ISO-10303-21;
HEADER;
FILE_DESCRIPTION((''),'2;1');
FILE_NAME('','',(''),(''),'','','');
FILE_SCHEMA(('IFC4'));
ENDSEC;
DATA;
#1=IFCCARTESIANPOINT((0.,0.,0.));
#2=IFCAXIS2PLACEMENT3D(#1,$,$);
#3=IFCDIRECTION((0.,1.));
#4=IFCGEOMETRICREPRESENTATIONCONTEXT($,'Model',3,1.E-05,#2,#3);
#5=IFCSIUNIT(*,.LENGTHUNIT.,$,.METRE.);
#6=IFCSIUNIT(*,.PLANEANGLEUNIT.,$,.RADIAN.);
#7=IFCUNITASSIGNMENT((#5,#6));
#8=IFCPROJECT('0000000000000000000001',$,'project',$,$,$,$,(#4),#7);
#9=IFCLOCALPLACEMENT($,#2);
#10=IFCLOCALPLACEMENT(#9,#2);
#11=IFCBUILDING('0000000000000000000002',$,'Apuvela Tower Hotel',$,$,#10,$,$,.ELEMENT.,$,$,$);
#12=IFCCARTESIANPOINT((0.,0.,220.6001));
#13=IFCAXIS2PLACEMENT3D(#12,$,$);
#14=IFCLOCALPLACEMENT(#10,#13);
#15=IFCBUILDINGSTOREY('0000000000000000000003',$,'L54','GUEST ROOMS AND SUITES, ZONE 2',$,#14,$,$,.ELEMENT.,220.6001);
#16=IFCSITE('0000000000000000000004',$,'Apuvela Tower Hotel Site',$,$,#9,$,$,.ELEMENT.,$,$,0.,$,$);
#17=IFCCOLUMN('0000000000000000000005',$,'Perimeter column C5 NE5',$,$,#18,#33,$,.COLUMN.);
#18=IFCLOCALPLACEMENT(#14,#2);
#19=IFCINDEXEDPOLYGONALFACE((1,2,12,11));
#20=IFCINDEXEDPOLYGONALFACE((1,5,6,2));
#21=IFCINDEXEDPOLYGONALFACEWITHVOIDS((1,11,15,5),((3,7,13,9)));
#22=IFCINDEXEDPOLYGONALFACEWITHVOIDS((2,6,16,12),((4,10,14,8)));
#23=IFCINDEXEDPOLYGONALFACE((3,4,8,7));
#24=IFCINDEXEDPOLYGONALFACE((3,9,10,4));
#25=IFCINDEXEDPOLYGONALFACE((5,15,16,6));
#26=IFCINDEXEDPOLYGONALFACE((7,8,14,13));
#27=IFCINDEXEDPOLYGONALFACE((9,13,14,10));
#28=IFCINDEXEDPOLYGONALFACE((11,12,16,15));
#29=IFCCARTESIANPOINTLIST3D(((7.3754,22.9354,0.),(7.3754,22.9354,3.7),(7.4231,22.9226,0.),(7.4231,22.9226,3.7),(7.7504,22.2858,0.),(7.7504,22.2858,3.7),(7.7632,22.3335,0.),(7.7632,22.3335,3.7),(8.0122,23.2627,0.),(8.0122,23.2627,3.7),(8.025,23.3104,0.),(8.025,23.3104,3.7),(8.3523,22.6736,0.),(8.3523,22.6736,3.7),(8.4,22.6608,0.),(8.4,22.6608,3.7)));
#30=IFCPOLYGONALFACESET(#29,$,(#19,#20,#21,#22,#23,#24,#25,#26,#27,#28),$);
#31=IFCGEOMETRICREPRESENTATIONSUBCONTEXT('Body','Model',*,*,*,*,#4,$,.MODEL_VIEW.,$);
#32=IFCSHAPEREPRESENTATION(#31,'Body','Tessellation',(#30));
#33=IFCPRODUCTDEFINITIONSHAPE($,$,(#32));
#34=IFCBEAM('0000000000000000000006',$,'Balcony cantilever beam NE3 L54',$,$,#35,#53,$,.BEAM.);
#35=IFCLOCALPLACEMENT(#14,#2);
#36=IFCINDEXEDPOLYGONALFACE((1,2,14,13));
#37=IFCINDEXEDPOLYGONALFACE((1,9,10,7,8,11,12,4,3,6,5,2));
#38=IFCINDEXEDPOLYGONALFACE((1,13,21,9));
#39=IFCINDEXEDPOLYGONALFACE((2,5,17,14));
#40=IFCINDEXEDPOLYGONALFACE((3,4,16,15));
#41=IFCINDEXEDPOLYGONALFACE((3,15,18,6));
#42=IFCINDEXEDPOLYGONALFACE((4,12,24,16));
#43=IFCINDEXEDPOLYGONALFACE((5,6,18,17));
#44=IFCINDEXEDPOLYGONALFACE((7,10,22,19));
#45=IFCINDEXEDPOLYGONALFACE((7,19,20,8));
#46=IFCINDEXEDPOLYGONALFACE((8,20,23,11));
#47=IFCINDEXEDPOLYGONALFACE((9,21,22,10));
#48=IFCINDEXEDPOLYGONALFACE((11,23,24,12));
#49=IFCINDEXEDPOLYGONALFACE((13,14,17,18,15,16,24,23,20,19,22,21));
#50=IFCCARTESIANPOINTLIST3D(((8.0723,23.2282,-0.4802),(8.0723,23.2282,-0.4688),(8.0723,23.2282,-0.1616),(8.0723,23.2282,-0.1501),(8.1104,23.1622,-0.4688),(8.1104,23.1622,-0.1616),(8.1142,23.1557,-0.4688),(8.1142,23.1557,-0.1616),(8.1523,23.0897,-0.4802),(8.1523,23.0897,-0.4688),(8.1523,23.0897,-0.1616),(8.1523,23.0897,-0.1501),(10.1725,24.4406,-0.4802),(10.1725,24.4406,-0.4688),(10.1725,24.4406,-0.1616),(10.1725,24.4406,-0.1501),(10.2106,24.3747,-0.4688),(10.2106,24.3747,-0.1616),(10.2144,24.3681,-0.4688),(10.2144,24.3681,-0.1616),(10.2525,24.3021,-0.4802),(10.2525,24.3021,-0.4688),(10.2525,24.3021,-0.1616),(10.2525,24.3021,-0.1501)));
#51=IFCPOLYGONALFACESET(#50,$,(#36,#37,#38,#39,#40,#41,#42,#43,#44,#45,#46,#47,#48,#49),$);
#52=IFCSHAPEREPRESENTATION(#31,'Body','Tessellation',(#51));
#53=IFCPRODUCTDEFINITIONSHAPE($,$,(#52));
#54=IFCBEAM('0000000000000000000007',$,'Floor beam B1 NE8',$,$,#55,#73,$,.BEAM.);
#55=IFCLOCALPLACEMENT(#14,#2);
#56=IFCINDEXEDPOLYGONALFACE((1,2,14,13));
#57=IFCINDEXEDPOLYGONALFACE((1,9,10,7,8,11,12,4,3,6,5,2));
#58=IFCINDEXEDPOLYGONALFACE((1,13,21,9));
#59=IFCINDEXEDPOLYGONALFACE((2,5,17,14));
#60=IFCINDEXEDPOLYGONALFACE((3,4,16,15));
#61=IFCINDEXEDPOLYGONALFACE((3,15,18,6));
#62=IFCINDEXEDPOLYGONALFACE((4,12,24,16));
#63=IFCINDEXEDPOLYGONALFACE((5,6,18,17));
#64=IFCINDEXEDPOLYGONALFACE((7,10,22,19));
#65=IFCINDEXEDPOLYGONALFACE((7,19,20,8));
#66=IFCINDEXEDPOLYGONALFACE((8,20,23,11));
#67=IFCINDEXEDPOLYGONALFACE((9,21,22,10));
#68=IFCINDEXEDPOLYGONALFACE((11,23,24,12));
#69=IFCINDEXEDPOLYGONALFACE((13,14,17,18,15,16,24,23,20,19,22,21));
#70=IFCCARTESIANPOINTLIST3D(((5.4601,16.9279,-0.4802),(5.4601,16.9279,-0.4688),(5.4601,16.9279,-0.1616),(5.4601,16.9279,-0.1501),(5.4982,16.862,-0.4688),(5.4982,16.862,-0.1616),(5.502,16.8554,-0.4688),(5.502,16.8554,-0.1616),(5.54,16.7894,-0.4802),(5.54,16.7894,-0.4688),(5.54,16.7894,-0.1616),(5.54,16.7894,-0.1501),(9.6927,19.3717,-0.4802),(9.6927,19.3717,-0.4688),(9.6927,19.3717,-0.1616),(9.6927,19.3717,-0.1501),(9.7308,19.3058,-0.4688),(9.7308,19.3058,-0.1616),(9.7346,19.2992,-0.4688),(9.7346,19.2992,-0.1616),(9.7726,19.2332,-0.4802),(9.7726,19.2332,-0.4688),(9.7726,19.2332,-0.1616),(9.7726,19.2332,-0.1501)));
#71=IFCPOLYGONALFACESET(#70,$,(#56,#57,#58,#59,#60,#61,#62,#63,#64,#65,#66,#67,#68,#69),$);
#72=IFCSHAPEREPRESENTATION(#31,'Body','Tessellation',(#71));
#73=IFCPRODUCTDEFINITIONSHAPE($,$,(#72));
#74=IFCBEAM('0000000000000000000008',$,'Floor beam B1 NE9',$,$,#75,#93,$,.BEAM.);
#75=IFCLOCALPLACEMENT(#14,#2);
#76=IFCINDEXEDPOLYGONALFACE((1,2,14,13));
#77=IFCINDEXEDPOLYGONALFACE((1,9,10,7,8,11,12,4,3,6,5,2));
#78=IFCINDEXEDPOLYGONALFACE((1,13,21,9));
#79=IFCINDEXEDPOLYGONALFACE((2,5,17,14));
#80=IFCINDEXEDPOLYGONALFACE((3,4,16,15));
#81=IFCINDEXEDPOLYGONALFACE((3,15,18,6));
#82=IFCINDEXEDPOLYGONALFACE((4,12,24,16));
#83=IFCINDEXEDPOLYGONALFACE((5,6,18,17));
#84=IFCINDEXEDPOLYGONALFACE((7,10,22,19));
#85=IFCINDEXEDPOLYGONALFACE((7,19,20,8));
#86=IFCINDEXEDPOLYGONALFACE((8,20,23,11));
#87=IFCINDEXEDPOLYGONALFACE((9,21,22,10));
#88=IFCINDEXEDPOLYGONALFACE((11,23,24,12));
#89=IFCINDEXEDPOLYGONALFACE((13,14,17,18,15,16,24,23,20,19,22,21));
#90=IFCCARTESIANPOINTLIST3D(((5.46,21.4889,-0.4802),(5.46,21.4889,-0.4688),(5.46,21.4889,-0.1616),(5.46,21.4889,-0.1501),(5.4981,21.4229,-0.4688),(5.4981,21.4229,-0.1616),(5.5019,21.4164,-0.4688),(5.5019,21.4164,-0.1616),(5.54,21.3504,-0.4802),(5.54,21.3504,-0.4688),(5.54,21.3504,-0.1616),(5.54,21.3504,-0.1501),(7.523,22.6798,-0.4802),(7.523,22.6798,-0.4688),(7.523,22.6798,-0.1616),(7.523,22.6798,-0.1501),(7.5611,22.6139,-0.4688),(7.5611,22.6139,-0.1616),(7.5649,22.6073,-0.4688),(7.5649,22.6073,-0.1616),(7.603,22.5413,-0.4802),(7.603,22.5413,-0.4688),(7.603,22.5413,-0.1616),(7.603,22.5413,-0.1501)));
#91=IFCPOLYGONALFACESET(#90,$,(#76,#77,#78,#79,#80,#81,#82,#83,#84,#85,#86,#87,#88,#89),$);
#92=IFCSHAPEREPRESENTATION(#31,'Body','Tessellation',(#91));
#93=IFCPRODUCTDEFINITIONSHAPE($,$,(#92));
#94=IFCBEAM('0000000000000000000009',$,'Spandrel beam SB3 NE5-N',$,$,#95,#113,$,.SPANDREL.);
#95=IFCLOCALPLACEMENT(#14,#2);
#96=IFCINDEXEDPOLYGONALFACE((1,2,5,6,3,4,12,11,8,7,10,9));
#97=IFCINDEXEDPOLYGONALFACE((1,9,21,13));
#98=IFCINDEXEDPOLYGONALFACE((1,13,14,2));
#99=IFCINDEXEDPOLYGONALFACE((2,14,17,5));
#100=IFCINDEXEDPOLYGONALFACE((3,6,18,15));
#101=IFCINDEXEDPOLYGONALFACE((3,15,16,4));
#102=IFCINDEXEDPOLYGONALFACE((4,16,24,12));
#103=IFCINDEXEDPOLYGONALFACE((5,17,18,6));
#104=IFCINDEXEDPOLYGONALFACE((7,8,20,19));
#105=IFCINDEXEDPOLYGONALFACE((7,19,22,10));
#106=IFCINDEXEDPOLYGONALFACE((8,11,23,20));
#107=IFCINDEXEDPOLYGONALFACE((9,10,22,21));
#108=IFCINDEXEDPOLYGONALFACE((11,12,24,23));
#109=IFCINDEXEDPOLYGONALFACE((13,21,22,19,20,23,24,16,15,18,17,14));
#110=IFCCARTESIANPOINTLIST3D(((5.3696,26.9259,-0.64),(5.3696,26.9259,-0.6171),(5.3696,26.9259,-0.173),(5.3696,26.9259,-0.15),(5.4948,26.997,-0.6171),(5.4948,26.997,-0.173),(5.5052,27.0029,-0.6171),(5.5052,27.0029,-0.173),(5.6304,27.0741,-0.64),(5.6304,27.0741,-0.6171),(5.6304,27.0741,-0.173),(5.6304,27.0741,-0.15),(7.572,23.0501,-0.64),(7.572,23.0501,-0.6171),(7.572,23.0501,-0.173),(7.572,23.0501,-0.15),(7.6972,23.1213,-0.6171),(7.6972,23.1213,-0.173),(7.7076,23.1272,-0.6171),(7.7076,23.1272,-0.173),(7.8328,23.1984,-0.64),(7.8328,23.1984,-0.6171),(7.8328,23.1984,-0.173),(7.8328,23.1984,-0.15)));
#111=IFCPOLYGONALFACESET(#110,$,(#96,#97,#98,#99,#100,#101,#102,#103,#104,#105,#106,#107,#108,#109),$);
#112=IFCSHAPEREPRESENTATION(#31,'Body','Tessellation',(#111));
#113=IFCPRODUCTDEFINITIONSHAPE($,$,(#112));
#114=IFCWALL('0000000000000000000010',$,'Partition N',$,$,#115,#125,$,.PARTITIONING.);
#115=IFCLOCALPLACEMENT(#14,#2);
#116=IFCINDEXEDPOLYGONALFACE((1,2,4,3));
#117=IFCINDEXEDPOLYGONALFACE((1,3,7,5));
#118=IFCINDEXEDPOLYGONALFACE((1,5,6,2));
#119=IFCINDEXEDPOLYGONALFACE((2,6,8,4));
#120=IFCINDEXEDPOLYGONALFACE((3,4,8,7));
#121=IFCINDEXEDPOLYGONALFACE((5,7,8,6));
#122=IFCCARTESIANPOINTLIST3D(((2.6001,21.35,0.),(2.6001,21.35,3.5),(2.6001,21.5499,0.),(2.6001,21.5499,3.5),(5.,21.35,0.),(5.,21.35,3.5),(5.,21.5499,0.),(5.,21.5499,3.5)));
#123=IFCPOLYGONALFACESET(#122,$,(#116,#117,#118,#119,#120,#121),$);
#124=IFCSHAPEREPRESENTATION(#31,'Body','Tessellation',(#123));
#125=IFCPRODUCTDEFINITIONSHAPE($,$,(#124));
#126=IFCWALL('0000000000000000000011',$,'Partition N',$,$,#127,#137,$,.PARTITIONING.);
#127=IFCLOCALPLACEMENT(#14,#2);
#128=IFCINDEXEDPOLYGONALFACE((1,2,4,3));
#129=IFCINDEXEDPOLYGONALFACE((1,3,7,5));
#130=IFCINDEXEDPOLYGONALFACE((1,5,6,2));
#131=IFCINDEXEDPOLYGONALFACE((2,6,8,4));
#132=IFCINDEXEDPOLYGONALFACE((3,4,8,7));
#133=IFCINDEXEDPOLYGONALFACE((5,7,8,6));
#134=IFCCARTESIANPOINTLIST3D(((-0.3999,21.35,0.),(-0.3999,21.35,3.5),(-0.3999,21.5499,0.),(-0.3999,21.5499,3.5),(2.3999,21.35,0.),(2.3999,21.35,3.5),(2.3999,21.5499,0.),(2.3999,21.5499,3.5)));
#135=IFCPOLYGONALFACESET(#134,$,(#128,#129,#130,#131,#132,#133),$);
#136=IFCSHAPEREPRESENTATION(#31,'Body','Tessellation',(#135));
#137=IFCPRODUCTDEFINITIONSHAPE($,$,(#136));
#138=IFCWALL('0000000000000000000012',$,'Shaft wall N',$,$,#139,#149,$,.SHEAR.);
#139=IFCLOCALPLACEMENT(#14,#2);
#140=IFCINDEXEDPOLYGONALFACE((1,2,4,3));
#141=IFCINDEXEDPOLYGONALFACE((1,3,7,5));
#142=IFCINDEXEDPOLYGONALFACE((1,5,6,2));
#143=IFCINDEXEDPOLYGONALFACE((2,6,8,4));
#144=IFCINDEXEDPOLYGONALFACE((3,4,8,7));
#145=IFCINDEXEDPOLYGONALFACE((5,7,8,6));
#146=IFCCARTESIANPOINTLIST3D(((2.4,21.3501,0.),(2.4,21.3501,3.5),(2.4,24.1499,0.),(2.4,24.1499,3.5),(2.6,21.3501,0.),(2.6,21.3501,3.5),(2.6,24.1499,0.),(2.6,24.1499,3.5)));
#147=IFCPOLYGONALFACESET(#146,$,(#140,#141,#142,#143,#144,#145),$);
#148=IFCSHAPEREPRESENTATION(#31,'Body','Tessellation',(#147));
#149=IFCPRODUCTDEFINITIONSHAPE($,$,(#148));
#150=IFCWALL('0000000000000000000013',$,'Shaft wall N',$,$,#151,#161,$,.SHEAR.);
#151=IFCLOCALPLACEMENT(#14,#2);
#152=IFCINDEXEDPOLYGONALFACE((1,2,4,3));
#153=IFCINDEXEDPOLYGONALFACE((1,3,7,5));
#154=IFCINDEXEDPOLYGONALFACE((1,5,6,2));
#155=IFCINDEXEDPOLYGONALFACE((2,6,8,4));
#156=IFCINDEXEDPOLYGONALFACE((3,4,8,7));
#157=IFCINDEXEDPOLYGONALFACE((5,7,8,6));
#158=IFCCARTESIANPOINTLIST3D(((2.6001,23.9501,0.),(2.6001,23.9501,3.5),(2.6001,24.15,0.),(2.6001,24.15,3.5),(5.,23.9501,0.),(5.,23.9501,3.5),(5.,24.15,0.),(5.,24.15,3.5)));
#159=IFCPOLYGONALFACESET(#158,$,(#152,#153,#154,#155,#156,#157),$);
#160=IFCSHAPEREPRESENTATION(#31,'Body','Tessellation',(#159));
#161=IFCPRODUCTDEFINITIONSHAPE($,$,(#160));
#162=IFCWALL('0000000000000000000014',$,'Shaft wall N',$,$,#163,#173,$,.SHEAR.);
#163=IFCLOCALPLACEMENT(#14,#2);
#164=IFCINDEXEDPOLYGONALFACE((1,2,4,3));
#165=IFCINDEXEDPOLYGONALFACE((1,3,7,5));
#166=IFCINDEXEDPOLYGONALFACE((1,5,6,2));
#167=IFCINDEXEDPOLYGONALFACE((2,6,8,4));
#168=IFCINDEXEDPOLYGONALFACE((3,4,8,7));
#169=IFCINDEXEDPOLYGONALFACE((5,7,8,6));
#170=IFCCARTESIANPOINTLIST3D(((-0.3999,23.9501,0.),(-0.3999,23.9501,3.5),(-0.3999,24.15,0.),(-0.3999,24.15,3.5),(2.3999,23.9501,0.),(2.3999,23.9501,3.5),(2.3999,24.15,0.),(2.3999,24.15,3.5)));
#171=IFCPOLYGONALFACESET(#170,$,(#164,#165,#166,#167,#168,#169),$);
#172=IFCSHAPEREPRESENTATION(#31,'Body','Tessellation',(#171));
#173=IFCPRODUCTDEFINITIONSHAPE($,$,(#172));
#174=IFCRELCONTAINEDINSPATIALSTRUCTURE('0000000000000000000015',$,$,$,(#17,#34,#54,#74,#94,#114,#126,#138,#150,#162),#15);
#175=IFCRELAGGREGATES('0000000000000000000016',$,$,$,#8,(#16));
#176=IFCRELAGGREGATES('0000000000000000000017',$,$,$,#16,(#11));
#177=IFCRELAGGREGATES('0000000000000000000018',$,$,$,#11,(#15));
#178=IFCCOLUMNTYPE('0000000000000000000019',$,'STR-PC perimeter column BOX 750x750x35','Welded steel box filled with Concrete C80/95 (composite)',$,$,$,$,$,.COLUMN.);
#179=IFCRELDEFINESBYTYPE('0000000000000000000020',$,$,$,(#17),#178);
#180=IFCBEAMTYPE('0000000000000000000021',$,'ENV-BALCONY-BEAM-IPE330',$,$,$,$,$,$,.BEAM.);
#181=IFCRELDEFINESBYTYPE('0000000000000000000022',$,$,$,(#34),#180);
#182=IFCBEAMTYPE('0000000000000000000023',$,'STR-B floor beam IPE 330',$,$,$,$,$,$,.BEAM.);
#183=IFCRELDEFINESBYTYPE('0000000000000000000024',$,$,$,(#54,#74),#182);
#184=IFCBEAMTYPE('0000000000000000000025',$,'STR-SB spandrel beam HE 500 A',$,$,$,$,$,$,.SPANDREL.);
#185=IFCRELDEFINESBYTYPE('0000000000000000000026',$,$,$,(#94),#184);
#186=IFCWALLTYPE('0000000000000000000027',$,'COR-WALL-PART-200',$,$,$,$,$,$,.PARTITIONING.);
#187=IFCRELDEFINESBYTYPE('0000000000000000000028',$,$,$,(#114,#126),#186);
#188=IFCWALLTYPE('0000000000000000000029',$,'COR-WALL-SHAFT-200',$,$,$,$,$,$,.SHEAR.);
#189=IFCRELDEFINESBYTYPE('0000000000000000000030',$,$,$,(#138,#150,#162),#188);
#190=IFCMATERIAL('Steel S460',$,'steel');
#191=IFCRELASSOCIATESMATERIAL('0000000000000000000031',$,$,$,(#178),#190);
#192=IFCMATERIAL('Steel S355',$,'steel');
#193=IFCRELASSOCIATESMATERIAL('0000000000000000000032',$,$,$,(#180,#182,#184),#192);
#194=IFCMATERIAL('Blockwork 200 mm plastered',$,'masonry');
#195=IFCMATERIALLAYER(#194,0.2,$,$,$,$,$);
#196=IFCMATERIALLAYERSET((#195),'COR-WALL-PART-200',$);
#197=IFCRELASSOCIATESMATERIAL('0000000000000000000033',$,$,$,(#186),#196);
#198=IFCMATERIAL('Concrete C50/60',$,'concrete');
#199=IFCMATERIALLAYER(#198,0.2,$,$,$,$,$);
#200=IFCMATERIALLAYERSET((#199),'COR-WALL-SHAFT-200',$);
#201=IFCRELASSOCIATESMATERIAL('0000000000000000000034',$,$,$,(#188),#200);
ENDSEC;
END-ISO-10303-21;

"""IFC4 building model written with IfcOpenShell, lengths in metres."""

from ifc_helpers import new_model, si_unit, direction, frame, frame_2d, origin, origin_2d, place, context, subcontext, project, spatial, rectangle, hollow_rectangle, i_section, extrude, material, layer, layer_set, material_profile, profile_set, type_object, element, save


model = new_model("IFC4")

# Units and contexts
model_context = context("Model", 3, precision=1e-05, world=origin(), true_north=direction((0.0, 1.0)))
body_context = subcontext(model_context, "Body", "Model", "MODEL_VIEW")
ifc_project = project(units=[si_unit("LENGTHUNIT", "METRE"), si_unit("PLANEANGLEUNIT", "RADIAN")], contexts=[model_context])

# Site, building, storey
site_placement = place(None, origin())
site = spatial("IfcSite", under=ifc_project, at=site_placement, Name="Apuvela Tower Hotel Site", CompositionType="ELEMENT", RefElevation=0.0)
building_placement = place(site_placement, origin())
building = spatial("IfcBuilding", under=site, at=building_placement, Name="Apuvela Tower Hotel", CompositionType="ELEMENT")
storey_placement = place(building_placement, frame((0.0, 0.0, 220.6001)))
storey = spatial("IfcBuildingStorey", under=building, at=storey_placement, Name="L54", Description="GUEST ROOMS AND SUITES, ZONE 2", CompositionType="ELEMENT", Elevation=220.6001)

# Column
ifc_material_1 = material(Name="Steel S460", Category="steel")
ifc_material_profile_1 = material_profile(ifc_material_1, hollow_rectangle(XDim=0.75, YDim=0.75, WallThickness=0.0349, at=origin_2d()), Name="BOX 750x750x35")
ifc_material_2 = material(Name="Concrete C80/95", Category="concrete")
ifc_material_profile_2 = material_profile(ifc_material_2, rectangle(XDim=0.6799, YDim=0.6799, at=origin_2d()), Name="Concrete C80/95 infill")
ifc_profile_set_1 = profile_set([ifc_material_profile_1, ifc_material_profile_2], Name="Steel S460")
column_type = type_object("IfcColumnType", Name="STR-PC perimeter column BOX 750x750x35", Description="Welded steel box filled with Concrete C80/95 (composite)", PredefinedType="COLUMN", material=ifc_profile_set_1)
column_placement = place(storey_placement, frame((7.8877, 22.7981, 0.0), z_axis=(0.0, 0.0, 1.0), x_axis=(-0.5, 0.866025, 0.0)))
element("IfcColumn", 1, at=column_placement, inside=storey, type_object=column_type, Name="Perimeter column C5 NE5", PredefinedType="COLUMN", context=body_context, shape_type="SweptSolid", body=[
    extrude(hollow_rectangle(XDim=0.75, YDim=0.75, WallThickness=0.0349, at=origin_2d()), origin(), (0.0, 0.0, 1.0), 3.7),
])

# Beams
ifc_material_3 = material(Name="Steel S355", Category="steel")
ifc_material_profile_3 = material_profile(ifc_material_3, i_section(OverallWidth=0.1599, OverallDepth=0.3301, WebThickness=0.0076, FlangeThickness=0.0115, at=origin_2d()), Name="IPE 330")
ifc_profile_set_2 = profile_set([ifc_material_profile_3], Name="Steel S355")
beam_type_1 = type_object("IfcBeamType", Name="ENV-BALCONY-BEAM-IPE330", PredefinedType="BEAM", material=ifc_profile_set_2)
beam_1_placement = place(storey_placement, frame((8.1123, 23.1589, -0.3152), z_axis=(0.866041, 0.499972, 0.0), x_axis=(-0.499972, 0.866041, 0.0)))
element("IfcBeam", 2, at=beam_1_placement, inside=storey, type_object=beam_type_1, Name="Balcony cantilever beam NE3 L54", PredefinedType="BEAM", context=body_context, shape_type="SweptSolid", body=[
    extrude(i_section(OverallWidth=0.1599, OverallDepth=0.3301, WebThickness=0.0076, FlangeThickness=0.0115, at=origin_2d()), origin(), (0.0, 0.0, 1.0), 2.425),
])
ifc_material_profile_4 = material_profile(ifc_material_3, i_section(OverallWidth=0.1599, OverallDepth=0.3301, WebThickness=0.0076, FlangeThickness=0.0115, at=origin_2d()), Name="IPE 330")
ifc_profile_set_3 = profile_set([ifc_material_profile_4], Name="Steel S355")
beam_type_2 = type_object("IfcBeamType", Name="STR-B floor beam IPE 330", PredefinedType="BEAM", material=ifc_profile_set_3)
beam_2_placement = place(storey_placement, frame((9.7327, 19.3025, -0.3152), z_axis=(-0.866015, -0.500018, 0.0), x_axis=(0.500018, -0.866015, 0.0)))
element("IfcBeam", 3, at=beam_2_placement, inside=storey, type_object=beam_type_2, Name="Floor beam B1 NE8", PredefinedType="BEAM", context=body_context, shape_type="SweptSolid", body=[
    extrude(i_section(OverallWidth=0.1599, OverallDepth=0.3301, WebThickness=0.0076, FlangeThickness=0.0115, at=origin_2d()), origin(), (0.0, 0.0, 1.0), 4.8875),
])
beam_3_placement = place(storey_placement, frame((7.563, 22.6106, -0.3152), z_axis=(-0.866052, -0.499953, 0.0), x_axis=(0.499953, -0.866052, 0.0)))
element("IfcBeam", 4, at=beam_3_placement, inside=storey, type_object=beam_type_2, Name="Floor beam B1 NE9", PredefinedType="BEAM", context=body_context, shape_type="SweptSolid", body=[
    extrude(i_section(OverallWidth=0.1599, OverallDepth=0.3301, WebThickness=0.0076, FlangeThickness=0.0115, at=origin_2d()), origin(), (0.0, 0.0, 1.0), 2.3821),
])
ifc_material_profile_5 = material_profile(ifc_material_3, i_section(OverallWidth=0.3, OverallDepth=0.49, WebThickness=0.012, FlangeThickness=0.0229, at=origin_2d()), Name="HE 500 A")
ifc_profile_set_4 = profile_set([ifc_material_profile_5], Name="Steel S355")
beam_type_3 = type_object("IfcBeamType", Name="STR-SB spandrel beam HE 500 A", PredefinedType="SPANDREL", material=ifc_profile_set_4)
beam_4_placement = place(storey_placement, frame((7.7024, 23.1243, -0.395), z_axis=(-0.494056, 0.86943, 0.0), x_axis=(-0.86943, -0.494056, 0.0)))
element("IfcBeam", 5, at=beam_4_placement, inside=storey, type_object=beam_type_3, Name="Spandrel beam SB3 NE5-N", PredefinedType="SPANDREL", context=body_context, shape_type="SweptSolid", body=[
    extrude(i_section(OverallWidth=0.3, OverallDepth=0.49, WebThickness=0.012, FlangeThickness=0.0229, at=origin_2d()), origin(), (0.0, 0.0, 1.0), 4.4578),
])

# Walls
ifc_material_4 = material(Name="Blockwork 200 mm plastered", Category="masonry")
ifc_layer_1 = layer(ifc_material_4, 0.2)
ifc_layer_set_1 = layer_set([ifc_layer_1], Name="COR-WALL-PART-200")
wall_type_1 = type_object("IfcWallType", Name="COR-WALL-PART-200", PredefinedType="PARTITIONING", material=ifc_layer_set_1)
wall_1_placement = place(storey_placement, frame((5.0, 21.45, 0.0), z_axis=(0.0, 0.0, 1.0), x_axis=(-1.0, 0.0, 0.0)))
element("IfcWall", 6, at=wall_1_placement, inside=storey, type_object=wall_type_1, Name="Partition N", PredefinedType="PARTITIONING", context=body_context, shape_type="SweptSolid", body=[
    extrude(rectangle(XDim=2.3999, YDim=0.2, at=frame_2d((1.2, 0.0))), origin(), (0.0, 0.0, 1.0), 3.5),
])
wall_2_placement = place(storey_placement, frame((2.3999, 21.45, 0.0), z_axis=(0.0, 0.0, 1.0), x_axis=(-1.0, 0.0, 0.0)))
element("IfcWall", 7, at=wall_2_placement, inside=storey, type_object=wall_type_1, Name="Partition N", PredefinedType="PARTITIONING", context=body_context, shape_type="SweptSolid", body=[
    extrude(rectangle(XDim=2.7998, YDim=0.2, at=frame_2d((1.3999, 0.0))), origin(), (0.0, 0.0, 1.0), 3.5),
])
ifc_material_5 = material(Name="Concrete C50/60", Category="concrete")
ifc_layer_2 = layer(ifc_material_5, 0.2)
ifc_layer_set_2 = layer_set([ifc_layer_2], Name="COR-WALL-SHAFT-200")
wall_type_2 = type_object("IfcWallType", Name="COR-WALL-SHAFT-200", PredefinedType="SHEAR", material=ifc_layer_set_2)
wall_3_placement = place(storey_placement, frame((2.5, 21.3501, 0.0), z_axis=(0.0, 0.0, 1.0), x_axis=(0.0, 1.0, 0.0)))
element("IfcWall", 8, at=wall_3_placement, inside=storey, type_object=wall_type_2, Name="Shaft wall N", PredefinedType="SHEAR", context=body_context, shape_type="SweptSolid", body=[
    extrude(rectangle(XDim=2.7998, YDim=0.2, at=frame_2d((1.3999, 0.0))), origin(), (0.0, 0.0, 1.0), 3.5),
])
wall_4_placement = place(storey_placement, frame((5.0, 24.05, 0.0), z_axis=(0.0, 0.0, 1.0), x_axis=(-1.0, 0.0, 0.0)))
element("IfcWall", 9, at=wall_4_placement, inside=storey, type_object=wall_type_2, Name="Shaft wall N", PredefinedType="SHEAR", context=body_context, shape_type="SweptSolid", body=[
    extrude(rectangle(XDim=2.3999, YDim=0.2, at=frame_2d((1.2, 0.0))), origin(), (0.0, 0.0, 1.0), 3.5),
])
wall_5_placement = place(storey_placement, frame((2.3999, 24.05, 0.0), z_axis=(0.0, 0.0, 1.0), x_axis=(-1.0, 0.0, 0.0)))
element("IfcWall", 10, at=wall_5_placement, inside=storey, type_object=wall_type_2, Name="Shaft wall N", PredefinedType="SHEAR", context=body_context, shape_type="SweptSolid", body=[
    extrude(rectangle(XDim=2.7998, YDim=0.2, at=frame_2d((1.3999, 0.0))), origin(), (0.0, 0.0, 1.0), 3.5),
])

save(model, "model.ifc")
